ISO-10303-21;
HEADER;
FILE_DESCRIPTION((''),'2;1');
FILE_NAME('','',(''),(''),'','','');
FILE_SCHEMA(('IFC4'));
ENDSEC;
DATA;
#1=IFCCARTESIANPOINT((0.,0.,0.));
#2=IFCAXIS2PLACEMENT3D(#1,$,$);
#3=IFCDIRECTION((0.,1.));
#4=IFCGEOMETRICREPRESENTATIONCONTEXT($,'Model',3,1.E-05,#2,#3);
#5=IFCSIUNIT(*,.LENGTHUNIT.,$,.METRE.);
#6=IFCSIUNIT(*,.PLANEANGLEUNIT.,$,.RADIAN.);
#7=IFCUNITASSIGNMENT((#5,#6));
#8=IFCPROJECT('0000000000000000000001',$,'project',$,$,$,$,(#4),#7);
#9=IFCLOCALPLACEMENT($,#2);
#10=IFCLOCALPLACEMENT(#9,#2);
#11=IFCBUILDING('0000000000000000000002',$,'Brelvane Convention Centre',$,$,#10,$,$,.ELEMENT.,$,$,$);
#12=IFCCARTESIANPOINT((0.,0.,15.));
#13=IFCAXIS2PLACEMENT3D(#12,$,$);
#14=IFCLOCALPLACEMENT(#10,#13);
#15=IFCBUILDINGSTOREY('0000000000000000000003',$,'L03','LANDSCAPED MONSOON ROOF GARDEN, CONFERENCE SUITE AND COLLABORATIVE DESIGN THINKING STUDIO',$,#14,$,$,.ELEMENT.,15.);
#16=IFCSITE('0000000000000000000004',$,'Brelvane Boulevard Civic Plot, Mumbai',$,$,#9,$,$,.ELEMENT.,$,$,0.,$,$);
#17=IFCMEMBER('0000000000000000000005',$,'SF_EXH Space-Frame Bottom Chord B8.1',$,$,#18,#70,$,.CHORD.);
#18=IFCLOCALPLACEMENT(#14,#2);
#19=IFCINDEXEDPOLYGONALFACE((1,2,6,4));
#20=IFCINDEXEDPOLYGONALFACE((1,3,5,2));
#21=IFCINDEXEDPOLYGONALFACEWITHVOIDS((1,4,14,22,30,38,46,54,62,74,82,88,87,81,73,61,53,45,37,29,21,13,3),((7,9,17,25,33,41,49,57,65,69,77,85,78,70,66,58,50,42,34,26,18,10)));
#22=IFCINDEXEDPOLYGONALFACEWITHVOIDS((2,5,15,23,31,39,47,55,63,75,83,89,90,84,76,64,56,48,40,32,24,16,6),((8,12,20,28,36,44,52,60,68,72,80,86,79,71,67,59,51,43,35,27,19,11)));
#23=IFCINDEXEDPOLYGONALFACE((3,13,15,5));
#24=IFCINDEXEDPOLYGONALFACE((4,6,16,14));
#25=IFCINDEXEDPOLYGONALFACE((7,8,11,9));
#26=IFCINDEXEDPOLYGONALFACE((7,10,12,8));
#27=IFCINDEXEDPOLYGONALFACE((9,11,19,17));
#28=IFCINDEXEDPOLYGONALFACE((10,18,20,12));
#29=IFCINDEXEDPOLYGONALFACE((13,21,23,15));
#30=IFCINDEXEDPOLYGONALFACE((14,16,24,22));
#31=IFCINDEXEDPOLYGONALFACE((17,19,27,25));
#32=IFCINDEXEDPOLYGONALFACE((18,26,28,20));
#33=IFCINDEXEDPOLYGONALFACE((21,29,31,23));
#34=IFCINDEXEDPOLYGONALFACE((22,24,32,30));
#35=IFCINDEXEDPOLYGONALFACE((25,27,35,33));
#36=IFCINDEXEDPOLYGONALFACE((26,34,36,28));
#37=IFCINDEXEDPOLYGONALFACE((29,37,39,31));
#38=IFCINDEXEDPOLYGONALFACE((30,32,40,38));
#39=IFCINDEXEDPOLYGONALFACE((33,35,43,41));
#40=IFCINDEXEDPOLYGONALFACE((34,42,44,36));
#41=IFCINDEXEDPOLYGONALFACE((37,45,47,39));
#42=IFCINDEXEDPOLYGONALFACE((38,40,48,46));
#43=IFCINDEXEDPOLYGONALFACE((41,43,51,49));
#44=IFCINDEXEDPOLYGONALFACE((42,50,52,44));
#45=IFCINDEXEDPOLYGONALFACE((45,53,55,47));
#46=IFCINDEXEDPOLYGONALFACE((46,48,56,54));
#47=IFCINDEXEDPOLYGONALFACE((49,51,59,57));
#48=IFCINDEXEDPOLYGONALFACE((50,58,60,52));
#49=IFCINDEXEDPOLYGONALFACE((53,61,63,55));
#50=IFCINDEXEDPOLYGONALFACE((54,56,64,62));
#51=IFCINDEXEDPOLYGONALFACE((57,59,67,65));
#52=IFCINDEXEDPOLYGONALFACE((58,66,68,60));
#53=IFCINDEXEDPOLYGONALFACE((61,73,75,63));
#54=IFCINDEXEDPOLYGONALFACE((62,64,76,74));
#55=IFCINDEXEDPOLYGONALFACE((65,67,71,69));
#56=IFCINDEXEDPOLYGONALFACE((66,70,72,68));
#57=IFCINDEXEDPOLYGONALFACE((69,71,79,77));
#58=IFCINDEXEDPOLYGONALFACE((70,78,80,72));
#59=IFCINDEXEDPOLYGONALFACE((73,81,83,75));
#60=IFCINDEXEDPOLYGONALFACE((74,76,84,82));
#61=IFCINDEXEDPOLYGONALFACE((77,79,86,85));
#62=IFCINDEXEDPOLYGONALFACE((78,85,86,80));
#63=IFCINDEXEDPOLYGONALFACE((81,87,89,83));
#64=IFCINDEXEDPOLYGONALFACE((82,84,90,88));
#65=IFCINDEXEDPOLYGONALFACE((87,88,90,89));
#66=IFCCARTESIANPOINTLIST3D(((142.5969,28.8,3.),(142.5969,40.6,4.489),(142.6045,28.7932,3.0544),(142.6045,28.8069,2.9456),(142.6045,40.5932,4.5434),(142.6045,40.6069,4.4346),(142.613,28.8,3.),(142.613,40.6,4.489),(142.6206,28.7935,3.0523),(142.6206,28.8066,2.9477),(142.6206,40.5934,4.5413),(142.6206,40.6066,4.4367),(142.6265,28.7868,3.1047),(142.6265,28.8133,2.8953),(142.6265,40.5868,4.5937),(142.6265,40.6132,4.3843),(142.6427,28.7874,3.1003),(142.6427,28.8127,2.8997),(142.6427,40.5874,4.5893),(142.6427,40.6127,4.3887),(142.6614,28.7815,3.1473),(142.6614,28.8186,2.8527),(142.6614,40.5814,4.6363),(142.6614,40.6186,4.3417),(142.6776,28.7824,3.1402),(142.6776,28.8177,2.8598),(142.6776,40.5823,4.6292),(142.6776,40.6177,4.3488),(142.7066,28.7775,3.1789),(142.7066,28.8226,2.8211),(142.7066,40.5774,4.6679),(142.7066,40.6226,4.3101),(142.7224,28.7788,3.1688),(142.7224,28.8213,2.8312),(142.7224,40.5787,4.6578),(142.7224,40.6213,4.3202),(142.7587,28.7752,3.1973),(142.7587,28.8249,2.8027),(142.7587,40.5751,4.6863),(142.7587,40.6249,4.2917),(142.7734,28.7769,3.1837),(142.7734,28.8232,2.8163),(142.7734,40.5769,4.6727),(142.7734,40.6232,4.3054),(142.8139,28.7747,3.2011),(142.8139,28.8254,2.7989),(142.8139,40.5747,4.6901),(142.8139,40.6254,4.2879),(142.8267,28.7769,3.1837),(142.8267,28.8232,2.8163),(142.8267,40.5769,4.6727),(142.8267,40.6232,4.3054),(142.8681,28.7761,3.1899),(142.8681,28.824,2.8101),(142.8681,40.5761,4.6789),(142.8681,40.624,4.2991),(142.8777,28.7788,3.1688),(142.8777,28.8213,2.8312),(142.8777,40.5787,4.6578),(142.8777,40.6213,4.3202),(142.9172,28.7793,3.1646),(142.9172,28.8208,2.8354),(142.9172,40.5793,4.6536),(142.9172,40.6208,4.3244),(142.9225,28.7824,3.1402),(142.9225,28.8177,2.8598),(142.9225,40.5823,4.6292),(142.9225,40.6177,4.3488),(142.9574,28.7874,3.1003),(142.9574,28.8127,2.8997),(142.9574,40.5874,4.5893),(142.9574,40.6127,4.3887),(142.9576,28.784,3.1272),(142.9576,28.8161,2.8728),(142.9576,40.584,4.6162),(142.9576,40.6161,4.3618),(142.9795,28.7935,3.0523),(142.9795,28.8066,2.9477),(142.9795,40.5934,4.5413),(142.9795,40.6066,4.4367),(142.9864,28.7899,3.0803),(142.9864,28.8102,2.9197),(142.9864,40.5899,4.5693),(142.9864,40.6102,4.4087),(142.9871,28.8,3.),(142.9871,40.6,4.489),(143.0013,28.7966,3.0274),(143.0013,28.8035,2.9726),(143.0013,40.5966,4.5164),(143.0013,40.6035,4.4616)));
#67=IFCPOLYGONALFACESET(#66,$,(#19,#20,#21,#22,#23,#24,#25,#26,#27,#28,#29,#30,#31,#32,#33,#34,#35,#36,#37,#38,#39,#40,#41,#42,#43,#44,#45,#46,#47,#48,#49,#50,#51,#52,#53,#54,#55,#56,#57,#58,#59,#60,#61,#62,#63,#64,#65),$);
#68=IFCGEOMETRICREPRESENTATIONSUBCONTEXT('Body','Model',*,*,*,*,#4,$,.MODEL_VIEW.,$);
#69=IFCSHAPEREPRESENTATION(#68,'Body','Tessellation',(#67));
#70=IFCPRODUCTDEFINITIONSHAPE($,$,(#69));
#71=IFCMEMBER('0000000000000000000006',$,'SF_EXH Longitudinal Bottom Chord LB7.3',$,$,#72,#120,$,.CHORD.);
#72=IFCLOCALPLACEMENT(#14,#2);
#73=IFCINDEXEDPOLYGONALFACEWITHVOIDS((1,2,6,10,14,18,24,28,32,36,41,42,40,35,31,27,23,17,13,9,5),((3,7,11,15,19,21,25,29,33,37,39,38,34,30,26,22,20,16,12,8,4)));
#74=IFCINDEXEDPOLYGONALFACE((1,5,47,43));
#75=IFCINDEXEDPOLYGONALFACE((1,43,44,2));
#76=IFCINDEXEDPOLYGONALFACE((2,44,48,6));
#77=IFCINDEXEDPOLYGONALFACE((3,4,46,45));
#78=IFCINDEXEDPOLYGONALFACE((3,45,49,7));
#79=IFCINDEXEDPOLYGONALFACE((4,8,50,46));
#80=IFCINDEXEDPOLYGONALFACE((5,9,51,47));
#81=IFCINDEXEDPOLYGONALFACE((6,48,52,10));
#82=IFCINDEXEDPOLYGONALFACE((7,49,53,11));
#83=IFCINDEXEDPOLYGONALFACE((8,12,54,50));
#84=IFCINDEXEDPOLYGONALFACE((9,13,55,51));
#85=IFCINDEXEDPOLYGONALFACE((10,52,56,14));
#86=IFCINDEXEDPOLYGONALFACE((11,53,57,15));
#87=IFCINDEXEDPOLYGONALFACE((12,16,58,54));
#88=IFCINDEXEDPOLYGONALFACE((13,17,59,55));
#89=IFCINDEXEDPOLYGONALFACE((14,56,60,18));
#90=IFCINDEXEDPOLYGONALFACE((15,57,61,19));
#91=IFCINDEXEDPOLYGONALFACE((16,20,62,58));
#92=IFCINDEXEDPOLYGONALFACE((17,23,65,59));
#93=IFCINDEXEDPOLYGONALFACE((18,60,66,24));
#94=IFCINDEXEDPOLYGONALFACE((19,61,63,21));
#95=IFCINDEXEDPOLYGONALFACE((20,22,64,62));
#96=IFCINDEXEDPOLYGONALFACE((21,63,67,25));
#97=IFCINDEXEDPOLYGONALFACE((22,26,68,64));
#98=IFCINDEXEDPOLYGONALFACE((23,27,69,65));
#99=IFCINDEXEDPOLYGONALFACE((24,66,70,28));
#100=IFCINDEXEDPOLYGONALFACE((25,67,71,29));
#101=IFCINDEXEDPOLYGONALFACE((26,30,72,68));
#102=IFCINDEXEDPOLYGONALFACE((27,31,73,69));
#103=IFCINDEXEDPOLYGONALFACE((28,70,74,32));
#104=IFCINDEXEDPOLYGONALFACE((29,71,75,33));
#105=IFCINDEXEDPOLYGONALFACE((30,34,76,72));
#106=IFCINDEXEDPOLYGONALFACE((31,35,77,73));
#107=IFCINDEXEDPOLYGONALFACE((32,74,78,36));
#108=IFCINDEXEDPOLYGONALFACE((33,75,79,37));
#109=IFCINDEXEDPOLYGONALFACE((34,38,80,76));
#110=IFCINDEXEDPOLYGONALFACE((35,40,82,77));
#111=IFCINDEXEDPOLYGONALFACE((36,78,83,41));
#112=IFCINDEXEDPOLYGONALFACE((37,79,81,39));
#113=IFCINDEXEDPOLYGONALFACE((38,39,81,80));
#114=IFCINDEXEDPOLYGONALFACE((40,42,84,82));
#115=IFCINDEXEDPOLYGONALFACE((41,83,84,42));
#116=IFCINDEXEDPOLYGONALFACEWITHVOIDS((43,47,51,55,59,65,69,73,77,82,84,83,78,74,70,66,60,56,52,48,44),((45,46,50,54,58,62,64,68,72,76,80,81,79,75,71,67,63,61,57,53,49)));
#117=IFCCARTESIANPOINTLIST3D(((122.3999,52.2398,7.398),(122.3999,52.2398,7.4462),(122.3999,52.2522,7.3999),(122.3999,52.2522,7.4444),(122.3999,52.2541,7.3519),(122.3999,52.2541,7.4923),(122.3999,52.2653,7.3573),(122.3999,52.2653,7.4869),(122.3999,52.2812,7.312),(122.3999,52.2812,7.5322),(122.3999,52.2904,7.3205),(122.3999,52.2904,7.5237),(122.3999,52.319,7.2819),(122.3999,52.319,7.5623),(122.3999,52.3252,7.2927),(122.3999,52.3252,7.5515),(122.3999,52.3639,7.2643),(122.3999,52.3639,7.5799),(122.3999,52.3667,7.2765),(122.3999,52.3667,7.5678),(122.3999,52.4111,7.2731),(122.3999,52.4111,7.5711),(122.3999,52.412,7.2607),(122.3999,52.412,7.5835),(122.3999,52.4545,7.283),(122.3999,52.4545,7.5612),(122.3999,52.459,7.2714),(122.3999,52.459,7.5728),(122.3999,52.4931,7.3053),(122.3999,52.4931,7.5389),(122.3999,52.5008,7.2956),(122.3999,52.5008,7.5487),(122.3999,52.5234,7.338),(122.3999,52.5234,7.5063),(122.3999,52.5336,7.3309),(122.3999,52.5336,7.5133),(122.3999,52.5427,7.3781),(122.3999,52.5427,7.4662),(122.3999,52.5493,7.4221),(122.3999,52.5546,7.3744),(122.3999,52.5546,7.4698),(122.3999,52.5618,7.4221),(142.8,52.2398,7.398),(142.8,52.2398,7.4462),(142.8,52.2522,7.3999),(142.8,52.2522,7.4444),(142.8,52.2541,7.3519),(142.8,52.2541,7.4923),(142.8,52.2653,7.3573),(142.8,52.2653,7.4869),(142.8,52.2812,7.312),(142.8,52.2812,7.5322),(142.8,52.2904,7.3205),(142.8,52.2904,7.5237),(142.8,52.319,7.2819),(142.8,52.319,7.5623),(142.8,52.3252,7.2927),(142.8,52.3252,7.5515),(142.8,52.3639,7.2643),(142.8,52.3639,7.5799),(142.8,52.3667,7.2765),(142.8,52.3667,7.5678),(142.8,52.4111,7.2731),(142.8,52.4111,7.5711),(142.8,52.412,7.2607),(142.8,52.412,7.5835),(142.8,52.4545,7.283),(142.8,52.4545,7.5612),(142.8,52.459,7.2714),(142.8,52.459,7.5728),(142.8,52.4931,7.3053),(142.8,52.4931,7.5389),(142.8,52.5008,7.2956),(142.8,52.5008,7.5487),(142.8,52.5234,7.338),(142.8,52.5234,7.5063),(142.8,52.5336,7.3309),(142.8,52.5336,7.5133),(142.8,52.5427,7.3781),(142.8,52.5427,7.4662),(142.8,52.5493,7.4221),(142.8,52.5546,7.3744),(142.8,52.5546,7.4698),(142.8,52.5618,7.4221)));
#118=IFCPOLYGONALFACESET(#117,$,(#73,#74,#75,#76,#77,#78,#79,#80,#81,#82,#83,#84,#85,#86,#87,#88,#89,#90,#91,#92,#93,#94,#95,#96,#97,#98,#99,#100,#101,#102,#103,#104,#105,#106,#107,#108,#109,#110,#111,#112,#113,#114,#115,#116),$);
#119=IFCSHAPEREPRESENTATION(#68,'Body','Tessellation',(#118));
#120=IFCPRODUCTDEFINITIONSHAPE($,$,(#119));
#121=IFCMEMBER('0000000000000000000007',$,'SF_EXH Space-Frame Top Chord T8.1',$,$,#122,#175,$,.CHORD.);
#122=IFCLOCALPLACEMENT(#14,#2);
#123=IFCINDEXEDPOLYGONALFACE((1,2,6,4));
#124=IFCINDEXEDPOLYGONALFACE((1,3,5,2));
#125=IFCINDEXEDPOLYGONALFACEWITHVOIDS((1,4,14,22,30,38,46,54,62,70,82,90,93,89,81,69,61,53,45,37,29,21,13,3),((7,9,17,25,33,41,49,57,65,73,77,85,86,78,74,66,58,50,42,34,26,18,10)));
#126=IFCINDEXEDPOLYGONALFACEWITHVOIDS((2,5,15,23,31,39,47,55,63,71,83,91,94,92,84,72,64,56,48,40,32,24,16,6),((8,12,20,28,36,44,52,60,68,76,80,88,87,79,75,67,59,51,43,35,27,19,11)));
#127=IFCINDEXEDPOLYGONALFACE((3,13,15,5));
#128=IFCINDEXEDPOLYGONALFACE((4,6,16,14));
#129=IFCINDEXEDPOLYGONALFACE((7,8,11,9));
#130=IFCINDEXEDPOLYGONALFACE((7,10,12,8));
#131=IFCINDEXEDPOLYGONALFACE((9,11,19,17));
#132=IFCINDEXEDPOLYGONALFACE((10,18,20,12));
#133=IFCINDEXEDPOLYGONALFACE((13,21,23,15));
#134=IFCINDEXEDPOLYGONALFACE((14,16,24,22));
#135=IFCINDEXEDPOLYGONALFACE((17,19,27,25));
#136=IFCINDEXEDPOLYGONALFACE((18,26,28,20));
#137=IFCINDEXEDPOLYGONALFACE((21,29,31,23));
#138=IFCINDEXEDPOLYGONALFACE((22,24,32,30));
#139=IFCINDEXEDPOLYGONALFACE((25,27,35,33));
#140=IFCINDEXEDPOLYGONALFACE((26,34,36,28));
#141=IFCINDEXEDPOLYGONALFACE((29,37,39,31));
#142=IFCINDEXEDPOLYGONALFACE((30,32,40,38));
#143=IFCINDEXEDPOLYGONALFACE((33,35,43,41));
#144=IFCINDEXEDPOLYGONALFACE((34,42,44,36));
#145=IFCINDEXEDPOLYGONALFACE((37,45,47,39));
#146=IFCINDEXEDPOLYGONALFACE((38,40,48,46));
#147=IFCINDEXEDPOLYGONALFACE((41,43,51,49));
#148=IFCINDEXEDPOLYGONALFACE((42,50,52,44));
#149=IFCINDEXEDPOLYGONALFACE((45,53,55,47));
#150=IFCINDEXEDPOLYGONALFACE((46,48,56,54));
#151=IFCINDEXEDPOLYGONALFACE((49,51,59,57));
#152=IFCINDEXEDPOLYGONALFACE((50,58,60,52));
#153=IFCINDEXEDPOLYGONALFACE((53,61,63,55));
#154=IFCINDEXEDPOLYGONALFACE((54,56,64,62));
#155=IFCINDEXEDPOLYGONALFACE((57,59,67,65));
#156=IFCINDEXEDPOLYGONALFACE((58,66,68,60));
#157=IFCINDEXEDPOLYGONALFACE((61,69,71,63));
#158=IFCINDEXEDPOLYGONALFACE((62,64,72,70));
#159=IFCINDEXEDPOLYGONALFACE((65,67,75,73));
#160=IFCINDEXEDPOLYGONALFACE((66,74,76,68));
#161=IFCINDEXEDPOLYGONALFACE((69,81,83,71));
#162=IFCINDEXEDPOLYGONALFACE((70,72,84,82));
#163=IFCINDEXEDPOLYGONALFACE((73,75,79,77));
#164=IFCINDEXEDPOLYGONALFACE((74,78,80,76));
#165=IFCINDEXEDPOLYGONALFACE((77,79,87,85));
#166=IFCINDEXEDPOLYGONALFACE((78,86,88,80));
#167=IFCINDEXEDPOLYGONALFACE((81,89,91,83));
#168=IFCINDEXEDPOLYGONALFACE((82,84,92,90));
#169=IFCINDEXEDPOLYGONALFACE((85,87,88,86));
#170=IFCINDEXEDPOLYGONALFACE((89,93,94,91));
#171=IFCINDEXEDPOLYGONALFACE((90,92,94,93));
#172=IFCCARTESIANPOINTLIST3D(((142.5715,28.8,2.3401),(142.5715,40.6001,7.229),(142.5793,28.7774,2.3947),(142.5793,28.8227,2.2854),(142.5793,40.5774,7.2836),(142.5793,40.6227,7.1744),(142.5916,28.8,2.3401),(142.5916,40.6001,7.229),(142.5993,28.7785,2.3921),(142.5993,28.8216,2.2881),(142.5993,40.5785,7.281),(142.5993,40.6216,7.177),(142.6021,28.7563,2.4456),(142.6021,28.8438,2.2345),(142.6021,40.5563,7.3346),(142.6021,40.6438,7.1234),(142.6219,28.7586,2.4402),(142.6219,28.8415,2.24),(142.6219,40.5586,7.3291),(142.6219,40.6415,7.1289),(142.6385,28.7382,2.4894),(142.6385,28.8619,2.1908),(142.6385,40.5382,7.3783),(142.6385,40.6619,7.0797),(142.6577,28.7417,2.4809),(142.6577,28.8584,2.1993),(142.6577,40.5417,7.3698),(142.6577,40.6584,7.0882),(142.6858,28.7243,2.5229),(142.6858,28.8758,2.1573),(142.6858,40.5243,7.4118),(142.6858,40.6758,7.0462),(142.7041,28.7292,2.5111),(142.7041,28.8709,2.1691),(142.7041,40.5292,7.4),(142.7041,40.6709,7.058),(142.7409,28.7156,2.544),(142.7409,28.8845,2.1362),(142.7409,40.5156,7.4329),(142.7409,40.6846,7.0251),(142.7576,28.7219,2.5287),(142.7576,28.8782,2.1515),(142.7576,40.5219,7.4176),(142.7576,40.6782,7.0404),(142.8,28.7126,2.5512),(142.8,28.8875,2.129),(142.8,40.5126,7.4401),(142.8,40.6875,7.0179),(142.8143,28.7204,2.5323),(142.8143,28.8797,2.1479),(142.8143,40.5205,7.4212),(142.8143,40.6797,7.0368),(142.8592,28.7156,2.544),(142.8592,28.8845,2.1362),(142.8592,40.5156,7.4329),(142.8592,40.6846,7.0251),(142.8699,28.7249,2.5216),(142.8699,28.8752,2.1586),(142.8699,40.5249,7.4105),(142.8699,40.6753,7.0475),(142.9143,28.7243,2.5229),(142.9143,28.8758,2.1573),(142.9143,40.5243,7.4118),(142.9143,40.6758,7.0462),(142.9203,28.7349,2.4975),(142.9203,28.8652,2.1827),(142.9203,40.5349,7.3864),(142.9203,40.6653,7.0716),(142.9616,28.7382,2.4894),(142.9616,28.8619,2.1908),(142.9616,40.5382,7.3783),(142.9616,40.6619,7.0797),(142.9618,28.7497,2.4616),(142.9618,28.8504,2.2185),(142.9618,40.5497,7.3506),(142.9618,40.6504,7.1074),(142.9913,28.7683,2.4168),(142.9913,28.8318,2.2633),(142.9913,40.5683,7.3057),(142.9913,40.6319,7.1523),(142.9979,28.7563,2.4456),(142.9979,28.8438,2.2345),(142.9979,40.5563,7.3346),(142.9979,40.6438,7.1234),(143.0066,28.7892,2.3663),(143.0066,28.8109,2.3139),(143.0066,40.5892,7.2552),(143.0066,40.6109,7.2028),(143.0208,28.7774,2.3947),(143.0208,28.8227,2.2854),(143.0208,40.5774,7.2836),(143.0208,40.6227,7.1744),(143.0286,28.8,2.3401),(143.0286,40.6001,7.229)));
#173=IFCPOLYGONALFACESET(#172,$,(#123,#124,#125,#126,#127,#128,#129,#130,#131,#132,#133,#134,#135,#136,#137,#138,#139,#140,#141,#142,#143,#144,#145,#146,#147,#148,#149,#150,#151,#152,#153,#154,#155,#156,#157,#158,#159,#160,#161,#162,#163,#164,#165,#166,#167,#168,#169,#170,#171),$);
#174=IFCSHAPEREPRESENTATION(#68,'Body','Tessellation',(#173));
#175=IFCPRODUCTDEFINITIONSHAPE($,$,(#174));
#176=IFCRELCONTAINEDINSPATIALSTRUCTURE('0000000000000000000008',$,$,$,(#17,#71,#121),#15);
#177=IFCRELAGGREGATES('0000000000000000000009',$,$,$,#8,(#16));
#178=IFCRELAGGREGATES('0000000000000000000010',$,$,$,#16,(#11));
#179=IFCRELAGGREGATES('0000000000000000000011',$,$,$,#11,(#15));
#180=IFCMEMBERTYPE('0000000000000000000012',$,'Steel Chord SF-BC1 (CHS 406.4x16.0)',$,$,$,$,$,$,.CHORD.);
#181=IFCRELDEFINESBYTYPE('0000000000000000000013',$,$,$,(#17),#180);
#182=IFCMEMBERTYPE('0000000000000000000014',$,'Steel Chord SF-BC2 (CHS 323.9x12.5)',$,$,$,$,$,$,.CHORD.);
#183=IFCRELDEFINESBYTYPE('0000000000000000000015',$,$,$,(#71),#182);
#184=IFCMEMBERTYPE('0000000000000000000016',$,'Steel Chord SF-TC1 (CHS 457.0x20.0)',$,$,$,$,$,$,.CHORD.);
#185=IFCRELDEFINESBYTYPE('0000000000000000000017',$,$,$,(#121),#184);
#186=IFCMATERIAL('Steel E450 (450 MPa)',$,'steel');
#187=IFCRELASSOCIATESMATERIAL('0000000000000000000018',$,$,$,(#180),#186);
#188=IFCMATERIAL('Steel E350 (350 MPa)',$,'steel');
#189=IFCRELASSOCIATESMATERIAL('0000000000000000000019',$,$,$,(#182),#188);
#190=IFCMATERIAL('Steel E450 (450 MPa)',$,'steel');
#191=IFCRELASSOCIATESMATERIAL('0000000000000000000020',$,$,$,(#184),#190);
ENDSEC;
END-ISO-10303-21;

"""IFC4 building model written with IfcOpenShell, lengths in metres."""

from ifc_helpers import new_model, si_unit, direction, frame, origin, origin_2d, place, context, subcontext, project, spatial, hollow_circle, extrude, material, material_profile, profile_set, type_object, element, save


model = new_model("IFC4")

# Units and contexts
model_context = context("Model", 3, precision=1e-05, world=origin(), true_north=direction((0.0, 1.0)))
body_context = subcontext(model_context, "Body", "Model", "MODEL_VIEW")
ifc_project = project(units=[si_unit("LENGTHUNIT", "METRE"), si_unit("PLANEANGLEUNIT", "RADIAN")], contexts=[model_context])

# Site, building, storey
site_placement = place(None, origin())
site = spatial("IfcSite", under=ifc_project, at=site_placement, Name="Brelvane Boulevard Civic Plot, Mumbai", CompositionType="ELEMENT", RefElevation=0.0)
building_placement = place(site_placement, origin())
building = spatial("IfcBuilding", under=site, at=building_placement, Name="Brelvane Convention Centre", CompositionType="ELEMENT")
storey_placement = place(building_placement, frame((0.0, 0.0, 15.0)))
storey = spatial("IfcBuildingStorey", under=building, at=storey_placement, Name="L03", Description="LANDSCAPED MONSOON ROOF GARDEN, CONFERENCE SUITE AND COLLABORATIVE DESIGN THINKING STUDIO", CompositionType="ELEMENT", Elevation=15.0)

# Members
ifc_material_1 = material(Name="Steel E450 (450 MPa)", Category="steel")
ifc_material_profile_1 = material_profile(ifc_material_1, hollow_circle(Radius=0.2031, WallThickness=0.0161, at=origin_2d()), Name="CHS 406.4x16.0")
ifc_profile_set_1 = profile_set([ifc_material_profile_1], Name="Steel E450 (450 MPa)")
member_type_1 = type_object("IfcMemberType", Name="Steel Chord SF-BC1 (CHS 406.4x16.0)", PredefinedType="CHORD", material=ifc_profile_set_1)
member_1_placement = place(storey_placement, frame((142.8, 28.8, 3.0), z_axis=(0.0, 0.992132, 0.125194), x_axis=(-1.0, 0.0, 0.0)))
element("IfcMember", 1, at=member_1_placement, inside=storey, type_object=member_type_1, Name="SF_EXH Space-Frame Bottom Chord B8.1", PredefinedType="CHORD", context=body_context, shape_type="SweptSolid", body=[
    extrude(hollow_circle(Radius=0.2031, WallThickness=0.0161, at=origin_2d()), origin(), (0.0, 0.0, 1.0), 11.8936),
])
ifc_material_2 = material(Name="Steel E350 (350 MPa)", Category="steel")
ifc_material_profile_2 = material_profile(ifc_material_2, hollow_circle(Radius=0.1619, WallThickness=0.0125, at=origin_2d()), Name="CHS 323.9x12.5")
ifc_profile_set_2 = profile_set([ifc_material_profile_2], Name="Steel E350 (350 MPa)")
member_type_2 = type_object("IfcMemberType", Name="Steel Chord SF-BC2 (CHS 323.9x12.5)", PredefinedType="CHORD", material=ifc_profile_set_2)
member_2_placement = place(storey_placement, frame((122.3999, 52.3999, 7.4221), z_axis=(1.0, 0.0, 0.0), x_axis=(0.0, 1.0, 0.0)))
element("IfcMember", 2, at=member_2_placement, inside=storey, type_object=member_type_2, Name="SF_EXH Longitudinal Bottom Chord LB7.3", PredefinedType="CHORD", context=body_context, shape_type="SweptSolid", body=[
    extrude(hollow_circle(Radius=0.1619, WallThickness=0.0125, at=origin_2d()), origin(), (0.0, 0.0, 1.0), 20.4001),
])
ifc_material_3 = material(Name="Steel E450 (450 MPa)", Category="steel")
ifc_material_profile_3 = material_profile(ifc_material_3, hollow_circle(Radius=0.2285, WallThickness=0.02, at=origin_2d()), Name="CHS 457.0x20.0")
ifc_profile_set_3 = profile_set([ifc_material_profile_3], Name="Steel E450 (450 MPa)")
member_type_3 = type_object("IfcMemberType", Name="Steel Chord SF-TC1 (CHS 457.0x20.0)", PredefinedType="CHORD", material=ifc_profile_set_3)
member_3_placement = place(storey_placement, frame((142.8, 28.8, 2.3401), z_axis=(0.0, 0.923847, 0.382762), x_axis=(-1.0, 0.0, 0.0)))
element("IfcMember", 3, at=member_3_placement, inside=storey, type_object=member_type_3, Name="SF_EXH Space-Frame Top Chord T8.1", PredefinedType="CHORD", context=body_context, shape_type="SweptSolid", body=[
    extrude(hollow_circle(Radius=0.2285, WallThickness=0.02, at=origin_2d()), origin(), (0.0, 0.0, 1.0), 12.7727),
])

save(model, "model.ifc")
